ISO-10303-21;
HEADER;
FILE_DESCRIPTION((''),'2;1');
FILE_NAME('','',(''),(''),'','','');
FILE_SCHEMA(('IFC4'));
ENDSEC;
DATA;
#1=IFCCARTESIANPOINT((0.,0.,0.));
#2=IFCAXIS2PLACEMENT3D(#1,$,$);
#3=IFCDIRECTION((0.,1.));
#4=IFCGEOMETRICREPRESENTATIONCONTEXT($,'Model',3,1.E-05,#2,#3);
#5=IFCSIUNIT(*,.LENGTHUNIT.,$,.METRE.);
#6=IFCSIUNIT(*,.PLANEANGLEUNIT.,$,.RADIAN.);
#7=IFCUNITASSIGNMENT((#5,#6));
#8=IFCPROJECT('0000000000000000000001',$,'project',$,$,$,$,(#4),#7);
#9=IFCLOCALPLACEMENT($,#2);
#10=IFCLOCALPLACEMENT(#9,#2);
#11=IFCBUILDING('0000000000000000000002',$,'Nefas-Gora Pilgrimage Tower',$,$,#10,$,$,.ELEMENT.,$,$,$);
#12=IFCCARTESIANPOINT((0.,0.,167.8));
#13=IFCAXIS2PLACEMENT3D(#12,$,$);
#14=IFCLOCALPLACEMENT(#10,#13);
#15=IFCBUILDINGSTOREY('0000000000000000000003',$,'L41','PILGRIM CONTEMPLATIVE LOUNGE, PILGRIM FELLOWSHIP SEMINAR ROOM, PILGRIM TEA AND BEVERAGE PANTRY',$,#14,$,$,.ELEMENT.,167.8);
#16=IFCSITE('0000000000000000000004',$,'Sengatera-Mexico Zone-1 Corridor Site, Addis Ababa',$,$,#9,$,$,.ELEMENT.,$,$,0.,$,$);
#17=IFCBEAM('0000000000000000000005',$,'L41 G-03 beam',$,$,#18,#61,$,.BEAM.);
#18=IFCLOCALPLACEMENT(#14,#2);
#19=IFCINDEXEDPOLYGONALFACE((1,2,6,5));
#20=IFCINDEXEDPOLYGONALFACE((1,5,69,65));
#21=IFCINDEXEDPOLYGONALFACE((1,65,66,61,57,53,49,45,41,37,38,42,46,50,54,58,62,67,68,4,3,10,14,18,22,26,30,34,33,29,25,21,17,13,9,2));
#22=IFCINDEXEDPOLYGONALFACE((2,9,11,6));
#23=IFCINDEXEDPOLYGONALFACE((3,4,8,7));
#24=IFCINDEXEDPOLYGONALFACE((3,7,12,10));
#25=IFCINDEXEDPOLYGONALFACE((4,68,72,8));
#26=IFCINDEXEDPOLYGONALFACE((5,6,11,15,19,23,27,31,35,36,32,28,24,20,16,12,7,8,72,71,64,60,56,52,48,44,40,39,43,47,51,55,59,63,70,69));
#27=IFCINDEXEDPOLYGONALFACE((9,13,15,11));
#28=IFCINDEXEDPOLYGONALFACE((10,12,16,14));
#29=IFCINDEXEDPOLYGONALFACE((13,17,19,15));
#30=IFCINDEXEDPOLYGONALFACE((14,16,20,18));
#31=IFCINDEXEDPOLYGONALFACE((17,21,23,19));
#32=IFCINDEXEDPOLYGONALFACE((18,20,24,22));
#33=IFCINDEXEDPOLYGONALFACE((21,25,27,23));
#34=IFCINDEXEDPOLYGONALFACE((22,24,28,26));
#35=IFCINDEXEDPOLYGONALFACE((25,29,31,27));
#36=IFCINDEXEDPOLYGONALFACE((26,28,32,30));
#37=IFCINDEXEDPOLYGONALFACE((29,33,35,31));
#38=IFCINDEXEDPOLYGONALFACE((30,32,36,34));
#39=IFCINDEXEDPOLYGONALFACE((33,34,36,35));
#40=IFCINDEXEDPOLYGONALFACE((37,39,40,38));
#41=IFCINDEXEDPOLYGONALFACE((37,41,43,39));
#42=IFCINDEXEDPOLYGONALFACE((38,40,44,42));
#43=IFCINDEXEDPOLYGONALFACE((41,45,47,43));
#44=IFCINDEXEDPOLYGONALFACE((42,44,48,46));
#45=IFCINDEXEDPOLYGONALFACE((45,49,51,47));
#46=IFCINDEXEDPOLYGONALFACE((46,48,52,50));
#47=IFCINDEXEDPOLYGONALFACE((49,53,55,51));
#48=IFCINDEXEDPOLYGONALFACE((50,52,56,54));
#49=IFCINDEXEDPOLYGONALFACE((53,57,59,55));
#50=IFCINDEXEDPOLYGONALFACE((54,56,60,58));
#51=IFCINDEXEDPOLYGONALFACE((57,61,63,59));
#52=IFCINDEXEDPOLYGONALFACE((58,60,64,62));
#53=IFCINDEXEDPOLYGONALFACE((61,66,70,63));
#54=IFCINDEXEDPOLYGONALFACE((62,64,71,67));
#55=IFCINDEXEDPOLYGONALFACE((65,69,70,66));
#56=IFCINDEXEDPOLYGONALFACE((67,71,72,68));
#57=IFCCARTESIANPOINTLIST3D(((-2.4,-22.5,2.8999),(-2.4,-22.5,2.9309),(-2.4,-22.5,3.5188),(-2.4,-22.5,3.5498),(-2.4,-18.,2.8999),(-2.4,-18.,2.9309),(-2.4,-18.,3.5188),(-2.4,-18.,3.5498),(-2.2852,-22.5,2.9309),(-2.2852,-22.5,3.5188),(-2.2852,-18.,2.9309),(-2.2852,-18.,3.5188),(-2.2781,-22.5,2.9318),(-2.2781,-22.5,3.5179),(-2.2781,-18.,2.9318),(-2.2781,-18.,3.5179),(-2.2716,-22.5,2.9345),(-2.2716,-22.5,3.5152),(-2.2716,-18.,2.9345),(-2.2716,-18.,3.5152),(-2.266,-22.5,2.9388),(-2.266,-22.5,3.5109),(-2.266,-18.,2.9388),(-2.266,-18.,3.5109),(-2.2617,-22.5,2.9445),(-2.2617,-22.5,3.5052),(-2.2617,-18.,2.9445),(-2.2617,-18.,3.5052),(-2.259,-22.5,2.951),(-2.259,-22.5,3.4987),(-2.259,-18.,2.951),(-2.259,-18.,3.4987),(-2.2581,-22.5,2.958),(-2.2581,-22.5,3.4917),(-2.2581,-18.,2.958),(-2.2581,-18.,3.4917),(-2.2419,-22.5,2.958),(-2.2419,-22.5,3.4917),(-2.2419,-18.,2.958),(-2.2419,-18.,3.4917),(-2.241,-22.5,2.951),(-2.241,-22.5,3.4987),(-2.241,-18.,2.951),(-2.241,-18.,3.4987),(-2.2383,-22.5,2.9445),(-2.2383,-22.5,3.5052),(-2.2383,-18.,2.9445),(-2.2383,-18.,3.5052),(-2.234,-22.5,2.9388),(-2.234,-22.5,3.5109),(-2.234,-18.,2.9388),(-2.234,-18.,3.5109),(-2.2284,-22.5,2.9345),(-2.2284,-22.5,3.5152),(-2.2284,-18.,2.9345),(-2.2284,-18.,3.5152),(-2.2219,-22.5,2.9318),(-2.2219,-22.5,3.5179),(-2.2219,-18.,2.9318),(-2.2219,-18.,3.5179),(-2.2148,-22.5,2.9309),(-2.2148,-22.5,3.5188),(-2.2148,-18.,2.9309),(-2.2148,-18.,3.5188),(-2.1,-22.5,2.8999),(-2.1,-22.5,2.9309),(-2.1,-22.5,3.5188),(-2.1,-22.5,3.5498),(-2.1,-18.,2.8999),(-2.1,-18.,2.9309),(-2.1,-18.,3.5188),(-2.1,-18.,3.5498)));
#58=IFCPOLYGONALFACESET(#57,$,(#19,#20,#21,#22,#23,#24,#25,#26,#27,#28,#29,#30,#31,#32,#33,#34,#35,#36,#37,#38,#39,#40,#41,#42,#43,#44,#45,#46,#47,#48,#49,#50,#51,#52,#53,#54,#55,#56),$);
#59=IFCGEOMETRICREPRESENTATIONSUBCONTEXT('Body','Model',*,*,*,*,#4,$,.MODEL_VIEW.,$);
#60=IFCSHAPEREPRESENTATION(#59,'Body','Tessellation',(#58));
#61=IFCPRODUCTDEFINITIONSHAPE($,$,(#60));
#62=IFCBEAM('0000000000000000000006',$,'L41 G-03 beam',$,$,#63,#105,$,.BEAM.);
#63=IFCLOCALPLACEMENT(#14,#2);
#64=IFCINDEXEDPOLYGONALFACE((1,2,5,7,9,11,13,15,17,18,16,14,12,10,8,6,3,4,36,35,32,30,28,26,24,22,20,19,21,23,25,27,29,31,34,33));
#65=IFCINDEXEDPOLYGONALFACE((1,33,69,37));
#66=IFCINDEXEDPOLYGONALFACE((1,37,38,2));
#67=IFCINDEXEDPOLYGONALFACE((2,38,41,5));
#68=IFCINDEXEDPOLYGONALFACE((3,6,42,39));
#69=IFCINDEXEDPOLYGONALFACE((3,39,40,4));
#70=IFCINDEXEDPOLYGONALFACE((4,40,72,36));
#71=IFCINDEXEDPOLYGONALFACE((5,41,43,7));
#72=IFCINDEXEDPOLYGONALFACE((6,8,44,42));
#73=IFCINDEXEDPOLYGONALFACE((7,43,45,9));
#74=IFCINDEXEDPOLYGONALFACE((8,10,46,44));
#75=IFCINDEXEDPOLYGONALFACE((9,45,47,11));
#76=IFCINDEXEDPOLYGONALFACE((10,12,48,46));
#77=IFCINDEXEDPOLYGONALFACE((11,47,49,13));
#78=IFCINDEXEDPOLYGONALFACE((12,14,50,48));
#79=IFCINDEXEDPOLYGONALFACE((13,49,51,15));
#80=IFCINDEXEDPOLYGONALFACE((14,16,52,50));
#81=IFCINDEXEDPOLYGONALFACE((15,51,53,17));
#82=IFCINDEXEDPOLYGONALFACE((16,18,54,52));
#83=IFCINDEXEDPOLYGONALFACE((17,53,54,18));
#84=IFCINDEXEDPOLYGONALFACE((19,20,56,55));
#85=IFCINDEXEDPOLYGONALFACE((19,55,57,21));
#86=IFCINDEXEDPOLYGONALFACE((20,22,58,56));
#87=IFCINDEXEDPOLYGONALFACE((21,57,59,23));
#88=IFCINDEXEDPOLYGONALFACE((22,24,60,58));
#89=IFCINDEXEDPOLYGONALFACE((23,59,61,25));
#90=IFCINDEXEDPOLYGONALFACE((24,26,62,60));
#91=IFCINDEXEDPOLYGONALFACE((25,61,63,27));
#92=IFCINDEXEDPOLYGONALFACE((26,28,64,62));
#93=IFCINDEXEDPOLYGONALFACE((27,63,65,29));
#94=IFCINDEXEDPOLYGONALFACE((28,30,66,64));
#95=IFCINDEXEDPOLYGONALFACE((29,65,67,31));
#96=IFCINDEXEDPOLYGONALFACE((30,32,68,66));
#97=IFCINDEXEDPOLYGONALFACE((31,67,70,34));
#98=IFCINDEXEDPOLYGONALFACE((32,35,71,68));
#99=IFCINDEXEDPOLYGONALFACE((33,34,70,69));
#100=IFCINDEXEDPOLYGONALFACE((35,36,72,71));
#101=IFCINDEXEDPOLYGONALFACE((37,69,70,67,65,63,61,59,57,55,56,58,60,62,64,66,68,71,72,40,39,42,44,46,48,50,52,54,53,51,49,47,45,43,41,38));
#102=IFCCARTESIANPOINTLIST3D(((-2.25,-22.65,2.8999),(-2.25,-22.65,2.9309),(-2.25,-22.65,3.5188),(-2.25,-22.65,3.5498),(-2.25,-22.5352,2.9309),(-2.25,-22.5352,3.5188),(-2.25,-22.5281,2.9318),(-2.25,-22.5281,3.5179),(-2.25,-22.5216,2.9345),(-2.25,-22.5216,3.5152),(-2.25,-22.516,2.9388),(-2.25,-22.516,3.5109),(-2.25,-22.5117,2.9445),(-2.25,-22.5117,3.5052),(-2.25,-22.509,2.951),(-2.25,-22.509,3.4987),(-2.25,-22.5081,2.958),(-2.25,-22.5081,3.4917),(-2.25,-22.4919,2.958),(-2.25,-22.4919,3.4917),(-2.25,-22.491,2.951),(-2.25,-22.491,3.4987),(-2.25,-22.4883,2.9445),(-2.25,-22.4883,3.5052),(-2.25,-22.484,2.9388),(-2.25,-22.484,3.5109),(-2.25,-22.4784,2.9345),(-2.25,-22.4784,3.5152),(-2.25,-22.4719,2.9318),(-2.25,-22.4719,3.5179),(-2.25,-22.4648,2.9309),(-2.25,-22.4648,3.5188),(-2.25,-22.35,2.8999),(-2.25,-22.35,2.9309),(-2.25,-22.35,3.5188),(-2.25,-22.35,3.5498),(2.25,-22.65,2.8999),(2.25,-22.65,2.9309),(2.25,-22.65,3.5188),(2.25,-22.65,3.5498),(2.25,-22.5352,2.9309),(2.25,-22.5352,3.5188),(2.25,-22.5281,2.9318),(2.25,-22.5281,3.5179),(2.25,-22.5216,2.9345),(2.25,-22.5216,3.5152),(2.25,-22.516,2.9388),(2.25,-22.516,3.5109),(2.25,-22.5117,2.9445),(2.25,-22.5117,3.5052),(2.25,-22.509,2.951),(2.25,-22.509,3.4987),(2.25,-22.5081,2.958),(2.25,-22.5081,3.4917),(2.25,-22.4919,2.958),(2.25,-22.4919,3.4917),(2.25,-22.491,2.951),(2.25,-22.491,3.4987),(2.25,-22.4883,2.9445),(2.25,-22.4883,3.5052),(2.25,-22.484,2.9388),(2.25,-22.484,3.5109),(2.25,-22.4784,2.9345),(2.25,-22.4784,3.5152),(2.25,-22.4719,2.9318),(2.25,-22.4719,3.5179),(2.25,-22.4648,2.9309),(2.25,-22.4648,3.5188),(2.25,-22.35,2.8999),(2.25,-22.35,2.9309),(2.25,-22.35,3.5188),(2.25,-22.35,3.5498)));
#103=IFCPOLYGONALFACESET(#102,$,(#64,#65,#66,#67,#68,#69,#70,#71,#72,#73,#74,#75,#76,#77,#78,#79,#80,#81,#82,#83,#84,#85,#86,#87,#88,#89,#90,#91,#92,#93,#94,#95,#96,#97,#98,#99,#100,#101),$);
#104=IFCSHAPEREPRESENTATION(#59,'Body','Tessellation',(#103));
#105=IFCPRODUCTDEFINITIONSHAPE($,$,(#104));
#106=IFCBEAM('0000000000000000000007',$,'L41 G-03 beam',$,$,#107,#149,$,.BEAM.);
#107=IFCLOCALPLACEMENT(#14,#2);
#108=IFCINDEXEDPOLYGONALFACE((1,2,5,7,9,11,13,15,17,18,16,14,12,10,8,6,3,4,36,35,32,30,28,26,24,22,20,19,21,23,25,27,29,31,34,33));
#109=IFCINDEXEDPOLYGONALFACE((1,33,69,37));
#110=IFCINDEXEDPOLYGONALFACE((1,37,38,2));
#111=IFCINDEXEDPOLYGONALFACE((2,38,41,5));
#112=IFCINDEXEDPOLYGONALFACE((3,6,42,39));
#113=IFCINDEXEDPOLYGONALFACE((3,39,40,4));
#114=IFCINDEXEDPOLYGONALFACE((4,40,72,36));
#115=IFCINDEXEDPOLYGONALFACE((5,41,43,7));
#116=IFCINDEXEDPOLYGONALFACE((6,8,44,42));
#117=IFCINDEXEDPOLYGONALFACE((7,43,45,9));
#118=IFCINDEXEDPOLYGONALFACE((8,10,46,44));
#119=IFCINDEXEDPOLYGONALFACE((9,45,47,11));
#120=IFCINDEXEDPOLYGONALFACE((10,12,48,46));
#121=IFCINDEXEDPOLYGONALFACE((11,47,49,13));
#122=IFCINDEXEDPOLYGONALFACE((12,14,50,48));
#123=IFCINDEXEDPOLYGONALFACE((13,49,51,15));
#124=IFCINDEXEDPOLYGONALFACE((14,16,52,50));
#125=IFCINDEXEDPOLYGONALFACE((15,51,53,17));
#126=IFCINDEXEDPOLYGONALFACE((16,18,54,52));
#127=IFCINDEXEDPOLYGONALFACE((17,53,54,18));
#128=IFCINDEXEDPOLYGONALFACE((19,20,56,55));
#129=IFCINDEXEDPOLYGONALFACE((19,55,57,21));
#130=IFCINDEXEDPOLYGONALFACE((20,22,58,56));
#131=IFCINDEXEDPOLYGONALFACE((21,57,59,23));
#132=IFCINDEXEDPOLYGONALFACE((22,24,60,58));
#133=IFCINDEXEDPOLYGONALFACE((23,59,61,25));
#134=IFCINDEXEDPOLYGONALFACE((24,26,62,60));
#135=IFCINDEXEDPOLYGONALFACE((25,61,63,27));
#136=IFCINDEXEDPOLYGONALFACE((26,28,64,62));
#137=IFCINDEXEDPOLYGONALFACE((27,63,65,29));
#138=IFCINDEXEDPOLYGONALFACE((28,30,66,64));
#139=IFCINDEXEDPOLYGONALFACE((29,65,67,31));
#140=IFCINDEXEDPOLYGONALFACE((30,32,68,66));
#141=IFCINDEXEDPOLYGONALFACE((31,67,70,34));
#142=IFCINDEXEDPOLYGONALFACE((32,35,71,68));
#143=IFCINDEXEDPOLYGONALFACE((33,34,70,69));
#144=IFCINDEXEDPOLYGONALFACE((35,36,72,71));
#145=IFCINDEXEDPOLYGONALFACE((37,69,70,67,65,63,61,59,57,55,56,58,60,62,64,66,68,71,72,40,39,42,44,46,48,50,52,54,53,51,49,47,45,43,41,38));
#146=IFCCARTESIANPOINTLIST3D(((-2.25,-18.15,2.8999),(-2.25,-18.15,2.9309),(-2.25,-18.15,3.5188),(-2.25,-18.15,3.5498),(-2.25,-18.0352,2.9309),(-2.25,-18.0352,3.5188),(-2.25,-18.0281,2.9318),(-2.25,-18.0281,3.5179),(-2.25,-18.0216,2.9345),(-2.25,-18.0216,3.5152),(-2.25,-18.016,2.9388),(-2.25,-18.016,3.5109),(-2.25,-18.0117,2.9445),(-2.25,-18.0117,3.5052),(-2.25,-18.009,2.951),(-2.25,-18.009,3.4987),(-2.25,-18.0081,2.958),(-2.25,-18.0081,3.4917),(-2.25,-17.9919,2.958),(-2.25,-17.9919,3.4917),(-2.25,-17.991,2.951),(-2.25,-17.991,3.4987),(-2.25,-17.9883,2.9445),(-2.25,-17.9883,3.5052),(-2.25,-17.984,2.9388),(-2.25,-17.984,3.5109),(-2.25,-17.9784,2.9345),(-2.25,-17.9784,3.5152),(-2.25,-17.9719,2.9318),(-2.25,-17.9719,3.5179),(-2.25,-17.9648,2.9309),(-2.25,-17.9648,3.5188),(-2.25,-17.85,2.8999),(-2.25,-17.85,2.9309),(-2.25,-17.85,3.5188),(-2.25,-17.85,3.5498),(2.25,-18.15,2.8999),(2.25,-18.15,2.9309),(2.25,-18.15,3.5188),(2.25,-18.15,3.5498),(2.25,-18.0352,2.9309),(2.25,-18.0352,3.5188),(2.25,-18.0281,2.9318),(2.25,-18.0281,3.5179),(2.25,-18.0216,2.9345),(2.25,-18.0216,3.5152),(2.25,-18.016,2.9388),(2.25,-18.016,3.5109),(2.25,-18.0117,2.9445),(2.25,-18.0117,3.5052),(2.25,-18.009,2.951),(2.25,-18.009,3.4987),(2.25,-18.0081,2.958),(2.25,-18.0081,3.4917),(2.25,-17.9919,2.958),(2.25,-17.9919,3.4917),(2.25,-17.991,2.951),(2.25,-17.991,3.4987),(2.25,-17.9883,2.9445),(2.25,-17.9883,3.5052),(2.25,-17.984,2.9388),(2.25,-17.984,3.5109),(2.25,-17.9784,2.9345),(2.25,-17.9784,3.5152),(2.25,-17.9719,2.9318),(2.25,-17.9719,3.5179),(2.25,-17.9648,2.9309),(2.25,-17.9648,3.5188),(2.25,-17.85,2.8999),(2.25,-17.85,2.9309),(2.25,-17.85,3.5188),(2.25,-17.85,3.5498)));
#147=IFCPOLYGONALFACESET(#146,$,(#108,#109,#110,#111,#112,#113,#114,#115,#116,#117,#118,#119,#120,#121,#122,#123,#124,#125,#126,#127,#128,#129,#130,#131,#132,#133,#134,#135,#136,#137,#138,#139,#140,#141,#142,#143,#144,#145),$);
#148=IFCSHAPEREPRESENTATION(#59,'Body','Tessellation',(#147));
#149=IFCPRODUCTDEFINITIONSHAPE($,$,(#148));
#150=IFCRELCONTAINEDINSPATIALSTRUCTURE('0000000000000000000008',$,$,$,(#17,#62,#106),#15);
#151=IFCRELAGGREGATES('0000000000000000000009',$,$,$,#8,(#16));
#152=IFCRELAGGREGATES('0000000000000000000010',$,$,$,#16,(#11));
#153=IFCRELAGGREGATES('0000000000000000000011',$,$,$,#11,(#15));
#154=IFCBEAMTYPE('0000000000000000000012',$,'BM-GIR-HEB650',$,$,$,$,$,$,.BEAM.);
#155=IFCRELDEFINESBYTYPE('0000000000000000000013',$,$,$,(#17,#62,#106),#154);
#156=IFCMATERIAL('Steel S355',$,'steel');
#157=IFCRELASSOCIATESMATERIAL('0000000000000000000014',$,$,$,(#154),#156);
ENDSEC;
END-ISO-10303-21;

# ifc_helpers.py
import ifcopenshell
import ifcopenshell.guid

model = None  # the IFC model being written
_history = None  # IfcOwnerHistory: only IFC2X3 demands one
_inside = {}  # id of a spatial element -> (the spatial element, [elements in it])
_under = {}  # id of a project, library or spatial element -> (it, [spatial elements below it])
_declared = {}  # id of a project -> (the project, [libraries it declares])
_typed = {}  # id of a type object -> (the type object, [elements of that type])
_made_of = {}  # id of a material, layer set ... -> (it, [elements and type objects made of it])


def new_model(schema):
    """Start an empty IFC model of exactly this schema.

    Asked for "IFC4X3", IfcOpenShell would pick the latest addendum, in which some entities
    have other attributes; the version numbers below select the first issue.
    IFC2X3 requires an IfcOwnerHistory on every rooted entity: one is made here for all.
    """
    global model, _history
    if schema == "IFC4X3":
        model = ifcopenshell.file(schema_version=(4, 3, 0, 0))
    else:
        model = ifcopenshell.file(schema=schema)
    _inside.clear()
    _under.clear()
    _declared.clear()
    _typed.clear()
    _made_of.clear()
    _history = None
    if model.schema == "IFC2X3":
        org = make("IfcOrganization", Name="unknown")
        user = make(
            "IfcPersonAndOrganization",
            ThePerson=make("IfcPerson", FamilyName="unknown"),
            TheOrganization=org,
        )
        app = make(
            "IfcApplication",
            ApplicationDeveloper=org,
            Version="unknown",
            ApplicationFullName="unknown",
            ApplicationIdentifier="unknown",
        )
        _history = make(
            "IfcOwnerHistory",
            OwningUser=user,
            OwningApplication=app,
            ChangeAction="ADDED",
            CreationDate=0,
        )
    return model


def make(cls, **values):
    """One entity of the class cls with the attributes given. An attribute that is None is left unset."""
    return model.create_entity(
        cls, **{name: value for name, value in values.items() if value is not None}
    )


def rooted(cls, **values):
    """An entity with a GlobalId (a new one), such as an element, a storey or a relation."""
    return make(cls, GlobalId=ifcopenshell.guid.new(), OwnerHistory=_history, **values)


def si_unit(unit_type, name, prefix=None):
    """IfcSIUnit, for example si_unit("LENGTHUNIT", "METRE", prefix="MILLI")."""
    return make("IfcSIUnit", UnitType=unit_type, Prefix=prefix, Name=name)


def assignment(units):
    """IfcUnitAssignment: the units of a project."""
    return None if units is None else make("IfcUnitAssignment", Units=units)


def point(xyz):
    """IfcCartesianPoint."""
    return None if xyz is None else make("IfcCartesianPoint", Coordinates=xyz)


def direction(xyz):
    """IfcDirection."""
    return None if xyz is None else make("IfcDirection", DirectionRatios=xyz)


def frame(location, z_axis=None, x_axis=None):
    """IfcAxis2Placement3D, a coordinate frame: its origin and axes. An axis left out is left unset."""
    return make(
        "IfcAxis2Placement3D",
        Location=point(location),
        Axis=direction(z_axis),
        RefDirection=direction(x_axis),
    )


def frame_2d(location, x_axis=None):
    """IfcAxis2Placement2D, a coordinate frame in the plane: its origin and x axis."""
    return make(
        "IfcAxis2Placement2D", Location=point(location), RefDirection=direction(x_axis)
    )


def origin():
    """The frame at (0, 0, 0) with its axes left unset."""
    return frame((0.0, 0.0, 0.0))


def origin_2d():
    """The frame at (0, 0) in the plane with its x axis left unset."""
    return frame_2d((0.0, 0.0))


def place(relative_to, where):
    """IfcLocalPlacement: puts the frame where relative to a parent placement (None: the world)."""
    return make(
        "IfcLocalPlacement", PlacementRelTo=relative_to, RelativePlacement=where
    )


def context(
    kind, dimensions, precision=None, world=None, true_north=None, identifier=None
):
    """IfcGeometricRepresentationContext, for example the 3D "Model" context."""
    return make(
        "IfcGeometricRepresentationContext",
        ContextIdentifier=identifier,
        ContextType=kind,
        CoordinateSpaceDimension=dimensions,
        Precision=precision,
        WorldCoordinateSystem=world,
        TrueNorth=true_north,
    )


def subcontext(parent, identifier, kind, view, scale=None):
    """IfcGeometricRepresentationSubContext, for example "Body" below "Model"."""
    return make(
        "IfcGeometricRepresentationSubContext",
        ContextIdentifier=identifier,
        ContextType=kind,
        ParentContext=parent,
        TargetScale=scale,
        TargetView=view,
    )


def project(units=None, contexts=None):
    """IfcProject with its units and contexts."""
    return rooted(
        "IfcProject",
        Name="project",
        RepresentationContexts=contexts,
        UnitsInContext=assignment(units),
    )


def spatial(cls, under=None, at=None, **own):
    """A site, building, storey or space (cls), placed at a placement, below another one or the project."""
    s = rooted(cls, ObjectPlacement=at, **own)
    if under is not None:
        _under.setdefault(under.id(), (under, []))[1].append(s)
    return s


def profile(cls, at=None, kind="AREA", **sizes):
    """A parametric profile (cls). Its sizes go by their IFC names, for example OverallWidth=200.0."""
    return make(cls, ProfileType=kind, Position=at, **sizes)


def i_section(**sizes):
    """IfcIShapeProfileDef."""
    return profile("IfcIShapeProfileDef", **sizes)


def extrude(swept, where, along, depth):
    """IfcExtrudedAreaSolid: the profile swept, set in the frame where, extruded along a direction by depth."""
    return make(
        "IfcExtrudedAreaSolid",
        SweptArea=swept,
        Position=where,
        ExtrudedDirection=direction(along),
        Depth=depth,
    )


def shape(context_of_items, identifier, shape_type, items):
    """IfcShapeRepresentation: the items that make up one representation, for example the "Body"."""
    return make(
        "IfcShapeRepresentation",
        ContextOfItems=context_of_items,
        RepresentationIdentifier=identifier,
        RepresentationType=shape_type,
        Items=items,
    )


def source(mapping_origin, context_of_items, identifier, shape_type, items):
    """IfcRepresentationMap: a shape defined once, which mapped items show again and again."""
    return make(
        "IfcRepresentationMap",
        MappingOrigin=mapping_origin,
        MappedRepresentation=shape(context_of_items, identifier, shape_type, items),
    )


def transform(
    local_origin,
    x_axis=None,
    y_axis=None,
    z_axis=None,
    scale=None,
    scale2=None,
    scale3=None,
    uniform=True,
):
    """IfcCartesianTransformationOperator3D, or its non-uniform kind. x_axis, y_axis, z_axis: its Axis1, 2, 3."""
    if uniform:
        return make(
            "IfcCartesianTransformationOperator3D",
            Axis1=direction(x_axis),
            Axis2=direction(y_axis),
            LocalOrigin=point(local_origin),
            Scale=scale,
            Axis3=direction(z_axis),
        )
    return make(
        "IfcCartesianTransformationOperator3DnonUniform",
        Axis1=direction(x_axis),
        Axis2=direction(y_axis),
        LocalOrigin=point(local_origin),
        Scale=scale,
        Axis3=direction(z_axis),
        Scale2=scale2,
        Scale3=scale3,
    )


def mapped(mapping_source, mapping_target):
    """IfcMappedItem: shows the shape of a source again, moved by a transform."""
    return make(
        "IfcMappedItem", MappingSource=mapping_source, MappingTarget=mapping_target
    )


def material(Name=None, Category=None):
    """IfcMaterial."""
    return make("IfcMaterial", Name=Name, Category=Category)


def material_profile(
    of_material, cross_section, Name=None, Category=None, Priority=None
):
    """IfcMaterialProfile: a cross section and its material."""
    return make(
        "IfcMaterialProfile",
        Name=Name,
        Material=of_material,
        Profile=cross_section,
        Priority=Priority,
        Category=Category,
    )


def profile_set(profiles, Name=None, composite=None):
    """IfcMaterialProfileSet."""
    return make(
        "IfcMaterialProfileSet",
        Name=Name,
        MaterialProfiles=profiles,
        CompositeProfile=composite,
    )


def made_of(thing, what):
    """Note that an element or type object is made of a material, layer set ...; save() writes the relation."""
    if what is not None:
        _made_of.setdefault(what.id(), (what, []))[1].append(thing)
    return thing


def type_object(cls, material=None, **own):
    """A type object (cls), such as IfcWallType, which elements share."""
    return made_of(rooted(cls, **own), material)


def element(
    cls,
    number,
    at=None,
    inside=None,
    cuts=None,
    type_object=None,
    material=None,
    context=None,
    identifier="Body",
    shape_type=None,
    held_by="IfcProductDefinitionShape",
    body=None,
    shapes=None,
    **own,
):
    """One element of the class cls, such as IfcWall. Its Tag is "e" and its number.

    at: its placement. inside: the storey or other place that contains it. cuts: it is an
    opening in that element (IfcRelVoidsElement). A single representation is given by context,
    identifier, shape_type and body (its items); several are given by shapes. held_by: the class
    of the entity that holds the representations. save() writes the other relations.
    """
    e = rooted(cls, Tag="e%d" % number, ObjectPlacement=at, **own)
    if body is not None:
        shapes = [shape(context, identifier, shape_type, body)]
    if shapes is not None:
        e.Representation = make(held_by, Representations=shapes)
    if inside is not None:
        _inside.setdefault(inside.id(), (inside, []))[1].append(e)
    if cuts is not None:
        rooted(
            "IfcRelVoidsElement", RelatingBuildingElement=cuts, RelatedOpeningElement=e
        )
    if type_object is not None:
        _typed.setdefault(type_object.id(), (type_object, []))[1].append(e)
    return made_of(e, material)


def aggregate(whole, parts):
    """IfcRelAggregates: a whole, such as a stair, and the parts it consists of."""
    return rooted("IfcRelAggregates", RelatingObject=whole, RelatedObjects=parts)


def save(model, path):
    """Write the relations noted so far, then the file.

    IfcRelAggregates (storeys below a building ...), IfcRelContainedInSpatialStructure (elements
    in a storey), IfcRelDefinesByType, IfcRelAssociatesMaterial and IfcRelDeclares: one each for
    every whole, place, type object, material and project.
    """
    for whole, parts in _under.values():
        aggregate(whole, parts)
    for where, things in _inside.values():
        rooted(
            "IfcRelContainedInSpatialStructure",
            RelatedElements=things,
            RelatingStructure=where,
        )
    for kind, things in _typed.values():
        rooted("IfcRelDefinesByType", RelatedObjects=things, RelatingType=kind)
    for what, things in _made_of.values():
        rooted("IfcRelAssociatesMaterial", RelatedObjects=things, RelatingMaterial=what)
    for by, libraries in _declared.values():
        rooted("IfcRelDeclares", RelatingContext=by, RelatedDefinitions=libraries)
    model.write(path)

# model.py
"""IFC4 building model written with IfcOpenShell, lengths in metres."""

from ifc_helpers import new_model, si_unit, direction, frame, origin, origin_2d, place, context, subcontext, project, spatial, i_section, extrude, source, transform, mapped, material, material_profile, profile_set, type_object, element, save


model = new_model("IFC4")

# Units and contexts
model_context = context("Model", 3, precision=1e-05, world=origin(), true_north=direction((0.0, 1.0)))
body_context = subcontext(model_context, "Body", "Model", "MODEL_VIEW")
ifc_project = project(units=[si_unit("LENGTHUNIT", "METRE"), si_unit("PLANEANGLEUNIT", "RADIAN")], contexts=[model_context])

# Site, building, storey
site_placement = place(None, origin())
site = spatial("IfcSite", under=ifc_project, at=site_placement, Name="Sengatera-Mexico Zone-1 Corridor Site, Addis Ababa", CompositionType="ELEMENT", RefElevation=0.0)
building_placement = place(site_placement, origin())
building = spatial("IfcBuilding", under=site, at=building_placement, Name="Nefas-Gora Pilgrimage Tower", CompositionType="ELEMENT")
storey_placement = place(building_placement, frame((0.0, 0.0, 167.8)))
storey = spatial("IfcBuildingStorey", under=building, at=storey_placement, Name="L41", Description="PILGRIM CONTEMPLATIVE LOUNGE, PILGRIM FELLOWSHIP SEMINAR ROOM, PILGRIM TEA AND BEVERAGE PANTRY", CompositionType="ELEMENT", Elevation=167.8)

# Beams
ifc_material_1 = material(Name="Steel S355", Category="steel")
ifc_material_profile_1 = material_profile(ifc_material_1, i_section(OverallWidth=0.3, OverallDepth=0.6499, WebThickness=0.0161, FlangeThickness=0.031, FilletRadius=0.0271, at=origin_2d()), Name="HEB 650")
ifc_profile_set_1 = profile_set([ifc_material_profile_1], Name="Steel S355")
beam_type = type_object("IfcBeamType", Name="BM-GIR-HEB650", PredefinedType="BEAM", material=ifc_profile_set_1)
shared_shape_1 = source(origin(), body_context, "Body", "SweptSolid", [
    extrude(i_section(OverallWidth=0.3, OverallDepth=0.6499, WebThickness=0.0161, FlangeThickness=0.031, FilletRadius=0.0271, at=origin_2d()), origin(), (0.0, 0.0, 1.0), 4.5),
])
for number, where, z_axis, x_axis, name in (
    (1, (-2.25, -22.5, 3.2249), (0.0, 1.0, 0.0), (-1.0, 0.0, 0.0), "L41 G-03 beam"),
    (2, (-2.25, -22.5, 3.2249), (1.0, 0.0, 0.0), (0.0, 1.0, 0.0), "L41 G-03 beam"),
    (3, (-2.25, -18.0, 3.2249), (1.0, 0.0, 0.0), (0.0, 1.0, 0.0), "L41 G-03 beam"),
):
    element("IfcBeam", number, at=place(storey_placement, frame(where, z_axis=z_axis, x_axis=x_axis)), inside=storey, type_object=beam_type, Name=name, PredefinedType="BEAM", context=body_context, shape_type="MappedRepresentation", body=[
        mapped(shared_shape_1, transform((0.0, 0.0, 0.0), x_axis=(1.0, 0.0, 0.0), y_axis=(0.0, 1.0, 0.0), z_axis=(0.0, 0.0, 1.0), scale=1.0)),
    ])

save(model, "model.ifc")
